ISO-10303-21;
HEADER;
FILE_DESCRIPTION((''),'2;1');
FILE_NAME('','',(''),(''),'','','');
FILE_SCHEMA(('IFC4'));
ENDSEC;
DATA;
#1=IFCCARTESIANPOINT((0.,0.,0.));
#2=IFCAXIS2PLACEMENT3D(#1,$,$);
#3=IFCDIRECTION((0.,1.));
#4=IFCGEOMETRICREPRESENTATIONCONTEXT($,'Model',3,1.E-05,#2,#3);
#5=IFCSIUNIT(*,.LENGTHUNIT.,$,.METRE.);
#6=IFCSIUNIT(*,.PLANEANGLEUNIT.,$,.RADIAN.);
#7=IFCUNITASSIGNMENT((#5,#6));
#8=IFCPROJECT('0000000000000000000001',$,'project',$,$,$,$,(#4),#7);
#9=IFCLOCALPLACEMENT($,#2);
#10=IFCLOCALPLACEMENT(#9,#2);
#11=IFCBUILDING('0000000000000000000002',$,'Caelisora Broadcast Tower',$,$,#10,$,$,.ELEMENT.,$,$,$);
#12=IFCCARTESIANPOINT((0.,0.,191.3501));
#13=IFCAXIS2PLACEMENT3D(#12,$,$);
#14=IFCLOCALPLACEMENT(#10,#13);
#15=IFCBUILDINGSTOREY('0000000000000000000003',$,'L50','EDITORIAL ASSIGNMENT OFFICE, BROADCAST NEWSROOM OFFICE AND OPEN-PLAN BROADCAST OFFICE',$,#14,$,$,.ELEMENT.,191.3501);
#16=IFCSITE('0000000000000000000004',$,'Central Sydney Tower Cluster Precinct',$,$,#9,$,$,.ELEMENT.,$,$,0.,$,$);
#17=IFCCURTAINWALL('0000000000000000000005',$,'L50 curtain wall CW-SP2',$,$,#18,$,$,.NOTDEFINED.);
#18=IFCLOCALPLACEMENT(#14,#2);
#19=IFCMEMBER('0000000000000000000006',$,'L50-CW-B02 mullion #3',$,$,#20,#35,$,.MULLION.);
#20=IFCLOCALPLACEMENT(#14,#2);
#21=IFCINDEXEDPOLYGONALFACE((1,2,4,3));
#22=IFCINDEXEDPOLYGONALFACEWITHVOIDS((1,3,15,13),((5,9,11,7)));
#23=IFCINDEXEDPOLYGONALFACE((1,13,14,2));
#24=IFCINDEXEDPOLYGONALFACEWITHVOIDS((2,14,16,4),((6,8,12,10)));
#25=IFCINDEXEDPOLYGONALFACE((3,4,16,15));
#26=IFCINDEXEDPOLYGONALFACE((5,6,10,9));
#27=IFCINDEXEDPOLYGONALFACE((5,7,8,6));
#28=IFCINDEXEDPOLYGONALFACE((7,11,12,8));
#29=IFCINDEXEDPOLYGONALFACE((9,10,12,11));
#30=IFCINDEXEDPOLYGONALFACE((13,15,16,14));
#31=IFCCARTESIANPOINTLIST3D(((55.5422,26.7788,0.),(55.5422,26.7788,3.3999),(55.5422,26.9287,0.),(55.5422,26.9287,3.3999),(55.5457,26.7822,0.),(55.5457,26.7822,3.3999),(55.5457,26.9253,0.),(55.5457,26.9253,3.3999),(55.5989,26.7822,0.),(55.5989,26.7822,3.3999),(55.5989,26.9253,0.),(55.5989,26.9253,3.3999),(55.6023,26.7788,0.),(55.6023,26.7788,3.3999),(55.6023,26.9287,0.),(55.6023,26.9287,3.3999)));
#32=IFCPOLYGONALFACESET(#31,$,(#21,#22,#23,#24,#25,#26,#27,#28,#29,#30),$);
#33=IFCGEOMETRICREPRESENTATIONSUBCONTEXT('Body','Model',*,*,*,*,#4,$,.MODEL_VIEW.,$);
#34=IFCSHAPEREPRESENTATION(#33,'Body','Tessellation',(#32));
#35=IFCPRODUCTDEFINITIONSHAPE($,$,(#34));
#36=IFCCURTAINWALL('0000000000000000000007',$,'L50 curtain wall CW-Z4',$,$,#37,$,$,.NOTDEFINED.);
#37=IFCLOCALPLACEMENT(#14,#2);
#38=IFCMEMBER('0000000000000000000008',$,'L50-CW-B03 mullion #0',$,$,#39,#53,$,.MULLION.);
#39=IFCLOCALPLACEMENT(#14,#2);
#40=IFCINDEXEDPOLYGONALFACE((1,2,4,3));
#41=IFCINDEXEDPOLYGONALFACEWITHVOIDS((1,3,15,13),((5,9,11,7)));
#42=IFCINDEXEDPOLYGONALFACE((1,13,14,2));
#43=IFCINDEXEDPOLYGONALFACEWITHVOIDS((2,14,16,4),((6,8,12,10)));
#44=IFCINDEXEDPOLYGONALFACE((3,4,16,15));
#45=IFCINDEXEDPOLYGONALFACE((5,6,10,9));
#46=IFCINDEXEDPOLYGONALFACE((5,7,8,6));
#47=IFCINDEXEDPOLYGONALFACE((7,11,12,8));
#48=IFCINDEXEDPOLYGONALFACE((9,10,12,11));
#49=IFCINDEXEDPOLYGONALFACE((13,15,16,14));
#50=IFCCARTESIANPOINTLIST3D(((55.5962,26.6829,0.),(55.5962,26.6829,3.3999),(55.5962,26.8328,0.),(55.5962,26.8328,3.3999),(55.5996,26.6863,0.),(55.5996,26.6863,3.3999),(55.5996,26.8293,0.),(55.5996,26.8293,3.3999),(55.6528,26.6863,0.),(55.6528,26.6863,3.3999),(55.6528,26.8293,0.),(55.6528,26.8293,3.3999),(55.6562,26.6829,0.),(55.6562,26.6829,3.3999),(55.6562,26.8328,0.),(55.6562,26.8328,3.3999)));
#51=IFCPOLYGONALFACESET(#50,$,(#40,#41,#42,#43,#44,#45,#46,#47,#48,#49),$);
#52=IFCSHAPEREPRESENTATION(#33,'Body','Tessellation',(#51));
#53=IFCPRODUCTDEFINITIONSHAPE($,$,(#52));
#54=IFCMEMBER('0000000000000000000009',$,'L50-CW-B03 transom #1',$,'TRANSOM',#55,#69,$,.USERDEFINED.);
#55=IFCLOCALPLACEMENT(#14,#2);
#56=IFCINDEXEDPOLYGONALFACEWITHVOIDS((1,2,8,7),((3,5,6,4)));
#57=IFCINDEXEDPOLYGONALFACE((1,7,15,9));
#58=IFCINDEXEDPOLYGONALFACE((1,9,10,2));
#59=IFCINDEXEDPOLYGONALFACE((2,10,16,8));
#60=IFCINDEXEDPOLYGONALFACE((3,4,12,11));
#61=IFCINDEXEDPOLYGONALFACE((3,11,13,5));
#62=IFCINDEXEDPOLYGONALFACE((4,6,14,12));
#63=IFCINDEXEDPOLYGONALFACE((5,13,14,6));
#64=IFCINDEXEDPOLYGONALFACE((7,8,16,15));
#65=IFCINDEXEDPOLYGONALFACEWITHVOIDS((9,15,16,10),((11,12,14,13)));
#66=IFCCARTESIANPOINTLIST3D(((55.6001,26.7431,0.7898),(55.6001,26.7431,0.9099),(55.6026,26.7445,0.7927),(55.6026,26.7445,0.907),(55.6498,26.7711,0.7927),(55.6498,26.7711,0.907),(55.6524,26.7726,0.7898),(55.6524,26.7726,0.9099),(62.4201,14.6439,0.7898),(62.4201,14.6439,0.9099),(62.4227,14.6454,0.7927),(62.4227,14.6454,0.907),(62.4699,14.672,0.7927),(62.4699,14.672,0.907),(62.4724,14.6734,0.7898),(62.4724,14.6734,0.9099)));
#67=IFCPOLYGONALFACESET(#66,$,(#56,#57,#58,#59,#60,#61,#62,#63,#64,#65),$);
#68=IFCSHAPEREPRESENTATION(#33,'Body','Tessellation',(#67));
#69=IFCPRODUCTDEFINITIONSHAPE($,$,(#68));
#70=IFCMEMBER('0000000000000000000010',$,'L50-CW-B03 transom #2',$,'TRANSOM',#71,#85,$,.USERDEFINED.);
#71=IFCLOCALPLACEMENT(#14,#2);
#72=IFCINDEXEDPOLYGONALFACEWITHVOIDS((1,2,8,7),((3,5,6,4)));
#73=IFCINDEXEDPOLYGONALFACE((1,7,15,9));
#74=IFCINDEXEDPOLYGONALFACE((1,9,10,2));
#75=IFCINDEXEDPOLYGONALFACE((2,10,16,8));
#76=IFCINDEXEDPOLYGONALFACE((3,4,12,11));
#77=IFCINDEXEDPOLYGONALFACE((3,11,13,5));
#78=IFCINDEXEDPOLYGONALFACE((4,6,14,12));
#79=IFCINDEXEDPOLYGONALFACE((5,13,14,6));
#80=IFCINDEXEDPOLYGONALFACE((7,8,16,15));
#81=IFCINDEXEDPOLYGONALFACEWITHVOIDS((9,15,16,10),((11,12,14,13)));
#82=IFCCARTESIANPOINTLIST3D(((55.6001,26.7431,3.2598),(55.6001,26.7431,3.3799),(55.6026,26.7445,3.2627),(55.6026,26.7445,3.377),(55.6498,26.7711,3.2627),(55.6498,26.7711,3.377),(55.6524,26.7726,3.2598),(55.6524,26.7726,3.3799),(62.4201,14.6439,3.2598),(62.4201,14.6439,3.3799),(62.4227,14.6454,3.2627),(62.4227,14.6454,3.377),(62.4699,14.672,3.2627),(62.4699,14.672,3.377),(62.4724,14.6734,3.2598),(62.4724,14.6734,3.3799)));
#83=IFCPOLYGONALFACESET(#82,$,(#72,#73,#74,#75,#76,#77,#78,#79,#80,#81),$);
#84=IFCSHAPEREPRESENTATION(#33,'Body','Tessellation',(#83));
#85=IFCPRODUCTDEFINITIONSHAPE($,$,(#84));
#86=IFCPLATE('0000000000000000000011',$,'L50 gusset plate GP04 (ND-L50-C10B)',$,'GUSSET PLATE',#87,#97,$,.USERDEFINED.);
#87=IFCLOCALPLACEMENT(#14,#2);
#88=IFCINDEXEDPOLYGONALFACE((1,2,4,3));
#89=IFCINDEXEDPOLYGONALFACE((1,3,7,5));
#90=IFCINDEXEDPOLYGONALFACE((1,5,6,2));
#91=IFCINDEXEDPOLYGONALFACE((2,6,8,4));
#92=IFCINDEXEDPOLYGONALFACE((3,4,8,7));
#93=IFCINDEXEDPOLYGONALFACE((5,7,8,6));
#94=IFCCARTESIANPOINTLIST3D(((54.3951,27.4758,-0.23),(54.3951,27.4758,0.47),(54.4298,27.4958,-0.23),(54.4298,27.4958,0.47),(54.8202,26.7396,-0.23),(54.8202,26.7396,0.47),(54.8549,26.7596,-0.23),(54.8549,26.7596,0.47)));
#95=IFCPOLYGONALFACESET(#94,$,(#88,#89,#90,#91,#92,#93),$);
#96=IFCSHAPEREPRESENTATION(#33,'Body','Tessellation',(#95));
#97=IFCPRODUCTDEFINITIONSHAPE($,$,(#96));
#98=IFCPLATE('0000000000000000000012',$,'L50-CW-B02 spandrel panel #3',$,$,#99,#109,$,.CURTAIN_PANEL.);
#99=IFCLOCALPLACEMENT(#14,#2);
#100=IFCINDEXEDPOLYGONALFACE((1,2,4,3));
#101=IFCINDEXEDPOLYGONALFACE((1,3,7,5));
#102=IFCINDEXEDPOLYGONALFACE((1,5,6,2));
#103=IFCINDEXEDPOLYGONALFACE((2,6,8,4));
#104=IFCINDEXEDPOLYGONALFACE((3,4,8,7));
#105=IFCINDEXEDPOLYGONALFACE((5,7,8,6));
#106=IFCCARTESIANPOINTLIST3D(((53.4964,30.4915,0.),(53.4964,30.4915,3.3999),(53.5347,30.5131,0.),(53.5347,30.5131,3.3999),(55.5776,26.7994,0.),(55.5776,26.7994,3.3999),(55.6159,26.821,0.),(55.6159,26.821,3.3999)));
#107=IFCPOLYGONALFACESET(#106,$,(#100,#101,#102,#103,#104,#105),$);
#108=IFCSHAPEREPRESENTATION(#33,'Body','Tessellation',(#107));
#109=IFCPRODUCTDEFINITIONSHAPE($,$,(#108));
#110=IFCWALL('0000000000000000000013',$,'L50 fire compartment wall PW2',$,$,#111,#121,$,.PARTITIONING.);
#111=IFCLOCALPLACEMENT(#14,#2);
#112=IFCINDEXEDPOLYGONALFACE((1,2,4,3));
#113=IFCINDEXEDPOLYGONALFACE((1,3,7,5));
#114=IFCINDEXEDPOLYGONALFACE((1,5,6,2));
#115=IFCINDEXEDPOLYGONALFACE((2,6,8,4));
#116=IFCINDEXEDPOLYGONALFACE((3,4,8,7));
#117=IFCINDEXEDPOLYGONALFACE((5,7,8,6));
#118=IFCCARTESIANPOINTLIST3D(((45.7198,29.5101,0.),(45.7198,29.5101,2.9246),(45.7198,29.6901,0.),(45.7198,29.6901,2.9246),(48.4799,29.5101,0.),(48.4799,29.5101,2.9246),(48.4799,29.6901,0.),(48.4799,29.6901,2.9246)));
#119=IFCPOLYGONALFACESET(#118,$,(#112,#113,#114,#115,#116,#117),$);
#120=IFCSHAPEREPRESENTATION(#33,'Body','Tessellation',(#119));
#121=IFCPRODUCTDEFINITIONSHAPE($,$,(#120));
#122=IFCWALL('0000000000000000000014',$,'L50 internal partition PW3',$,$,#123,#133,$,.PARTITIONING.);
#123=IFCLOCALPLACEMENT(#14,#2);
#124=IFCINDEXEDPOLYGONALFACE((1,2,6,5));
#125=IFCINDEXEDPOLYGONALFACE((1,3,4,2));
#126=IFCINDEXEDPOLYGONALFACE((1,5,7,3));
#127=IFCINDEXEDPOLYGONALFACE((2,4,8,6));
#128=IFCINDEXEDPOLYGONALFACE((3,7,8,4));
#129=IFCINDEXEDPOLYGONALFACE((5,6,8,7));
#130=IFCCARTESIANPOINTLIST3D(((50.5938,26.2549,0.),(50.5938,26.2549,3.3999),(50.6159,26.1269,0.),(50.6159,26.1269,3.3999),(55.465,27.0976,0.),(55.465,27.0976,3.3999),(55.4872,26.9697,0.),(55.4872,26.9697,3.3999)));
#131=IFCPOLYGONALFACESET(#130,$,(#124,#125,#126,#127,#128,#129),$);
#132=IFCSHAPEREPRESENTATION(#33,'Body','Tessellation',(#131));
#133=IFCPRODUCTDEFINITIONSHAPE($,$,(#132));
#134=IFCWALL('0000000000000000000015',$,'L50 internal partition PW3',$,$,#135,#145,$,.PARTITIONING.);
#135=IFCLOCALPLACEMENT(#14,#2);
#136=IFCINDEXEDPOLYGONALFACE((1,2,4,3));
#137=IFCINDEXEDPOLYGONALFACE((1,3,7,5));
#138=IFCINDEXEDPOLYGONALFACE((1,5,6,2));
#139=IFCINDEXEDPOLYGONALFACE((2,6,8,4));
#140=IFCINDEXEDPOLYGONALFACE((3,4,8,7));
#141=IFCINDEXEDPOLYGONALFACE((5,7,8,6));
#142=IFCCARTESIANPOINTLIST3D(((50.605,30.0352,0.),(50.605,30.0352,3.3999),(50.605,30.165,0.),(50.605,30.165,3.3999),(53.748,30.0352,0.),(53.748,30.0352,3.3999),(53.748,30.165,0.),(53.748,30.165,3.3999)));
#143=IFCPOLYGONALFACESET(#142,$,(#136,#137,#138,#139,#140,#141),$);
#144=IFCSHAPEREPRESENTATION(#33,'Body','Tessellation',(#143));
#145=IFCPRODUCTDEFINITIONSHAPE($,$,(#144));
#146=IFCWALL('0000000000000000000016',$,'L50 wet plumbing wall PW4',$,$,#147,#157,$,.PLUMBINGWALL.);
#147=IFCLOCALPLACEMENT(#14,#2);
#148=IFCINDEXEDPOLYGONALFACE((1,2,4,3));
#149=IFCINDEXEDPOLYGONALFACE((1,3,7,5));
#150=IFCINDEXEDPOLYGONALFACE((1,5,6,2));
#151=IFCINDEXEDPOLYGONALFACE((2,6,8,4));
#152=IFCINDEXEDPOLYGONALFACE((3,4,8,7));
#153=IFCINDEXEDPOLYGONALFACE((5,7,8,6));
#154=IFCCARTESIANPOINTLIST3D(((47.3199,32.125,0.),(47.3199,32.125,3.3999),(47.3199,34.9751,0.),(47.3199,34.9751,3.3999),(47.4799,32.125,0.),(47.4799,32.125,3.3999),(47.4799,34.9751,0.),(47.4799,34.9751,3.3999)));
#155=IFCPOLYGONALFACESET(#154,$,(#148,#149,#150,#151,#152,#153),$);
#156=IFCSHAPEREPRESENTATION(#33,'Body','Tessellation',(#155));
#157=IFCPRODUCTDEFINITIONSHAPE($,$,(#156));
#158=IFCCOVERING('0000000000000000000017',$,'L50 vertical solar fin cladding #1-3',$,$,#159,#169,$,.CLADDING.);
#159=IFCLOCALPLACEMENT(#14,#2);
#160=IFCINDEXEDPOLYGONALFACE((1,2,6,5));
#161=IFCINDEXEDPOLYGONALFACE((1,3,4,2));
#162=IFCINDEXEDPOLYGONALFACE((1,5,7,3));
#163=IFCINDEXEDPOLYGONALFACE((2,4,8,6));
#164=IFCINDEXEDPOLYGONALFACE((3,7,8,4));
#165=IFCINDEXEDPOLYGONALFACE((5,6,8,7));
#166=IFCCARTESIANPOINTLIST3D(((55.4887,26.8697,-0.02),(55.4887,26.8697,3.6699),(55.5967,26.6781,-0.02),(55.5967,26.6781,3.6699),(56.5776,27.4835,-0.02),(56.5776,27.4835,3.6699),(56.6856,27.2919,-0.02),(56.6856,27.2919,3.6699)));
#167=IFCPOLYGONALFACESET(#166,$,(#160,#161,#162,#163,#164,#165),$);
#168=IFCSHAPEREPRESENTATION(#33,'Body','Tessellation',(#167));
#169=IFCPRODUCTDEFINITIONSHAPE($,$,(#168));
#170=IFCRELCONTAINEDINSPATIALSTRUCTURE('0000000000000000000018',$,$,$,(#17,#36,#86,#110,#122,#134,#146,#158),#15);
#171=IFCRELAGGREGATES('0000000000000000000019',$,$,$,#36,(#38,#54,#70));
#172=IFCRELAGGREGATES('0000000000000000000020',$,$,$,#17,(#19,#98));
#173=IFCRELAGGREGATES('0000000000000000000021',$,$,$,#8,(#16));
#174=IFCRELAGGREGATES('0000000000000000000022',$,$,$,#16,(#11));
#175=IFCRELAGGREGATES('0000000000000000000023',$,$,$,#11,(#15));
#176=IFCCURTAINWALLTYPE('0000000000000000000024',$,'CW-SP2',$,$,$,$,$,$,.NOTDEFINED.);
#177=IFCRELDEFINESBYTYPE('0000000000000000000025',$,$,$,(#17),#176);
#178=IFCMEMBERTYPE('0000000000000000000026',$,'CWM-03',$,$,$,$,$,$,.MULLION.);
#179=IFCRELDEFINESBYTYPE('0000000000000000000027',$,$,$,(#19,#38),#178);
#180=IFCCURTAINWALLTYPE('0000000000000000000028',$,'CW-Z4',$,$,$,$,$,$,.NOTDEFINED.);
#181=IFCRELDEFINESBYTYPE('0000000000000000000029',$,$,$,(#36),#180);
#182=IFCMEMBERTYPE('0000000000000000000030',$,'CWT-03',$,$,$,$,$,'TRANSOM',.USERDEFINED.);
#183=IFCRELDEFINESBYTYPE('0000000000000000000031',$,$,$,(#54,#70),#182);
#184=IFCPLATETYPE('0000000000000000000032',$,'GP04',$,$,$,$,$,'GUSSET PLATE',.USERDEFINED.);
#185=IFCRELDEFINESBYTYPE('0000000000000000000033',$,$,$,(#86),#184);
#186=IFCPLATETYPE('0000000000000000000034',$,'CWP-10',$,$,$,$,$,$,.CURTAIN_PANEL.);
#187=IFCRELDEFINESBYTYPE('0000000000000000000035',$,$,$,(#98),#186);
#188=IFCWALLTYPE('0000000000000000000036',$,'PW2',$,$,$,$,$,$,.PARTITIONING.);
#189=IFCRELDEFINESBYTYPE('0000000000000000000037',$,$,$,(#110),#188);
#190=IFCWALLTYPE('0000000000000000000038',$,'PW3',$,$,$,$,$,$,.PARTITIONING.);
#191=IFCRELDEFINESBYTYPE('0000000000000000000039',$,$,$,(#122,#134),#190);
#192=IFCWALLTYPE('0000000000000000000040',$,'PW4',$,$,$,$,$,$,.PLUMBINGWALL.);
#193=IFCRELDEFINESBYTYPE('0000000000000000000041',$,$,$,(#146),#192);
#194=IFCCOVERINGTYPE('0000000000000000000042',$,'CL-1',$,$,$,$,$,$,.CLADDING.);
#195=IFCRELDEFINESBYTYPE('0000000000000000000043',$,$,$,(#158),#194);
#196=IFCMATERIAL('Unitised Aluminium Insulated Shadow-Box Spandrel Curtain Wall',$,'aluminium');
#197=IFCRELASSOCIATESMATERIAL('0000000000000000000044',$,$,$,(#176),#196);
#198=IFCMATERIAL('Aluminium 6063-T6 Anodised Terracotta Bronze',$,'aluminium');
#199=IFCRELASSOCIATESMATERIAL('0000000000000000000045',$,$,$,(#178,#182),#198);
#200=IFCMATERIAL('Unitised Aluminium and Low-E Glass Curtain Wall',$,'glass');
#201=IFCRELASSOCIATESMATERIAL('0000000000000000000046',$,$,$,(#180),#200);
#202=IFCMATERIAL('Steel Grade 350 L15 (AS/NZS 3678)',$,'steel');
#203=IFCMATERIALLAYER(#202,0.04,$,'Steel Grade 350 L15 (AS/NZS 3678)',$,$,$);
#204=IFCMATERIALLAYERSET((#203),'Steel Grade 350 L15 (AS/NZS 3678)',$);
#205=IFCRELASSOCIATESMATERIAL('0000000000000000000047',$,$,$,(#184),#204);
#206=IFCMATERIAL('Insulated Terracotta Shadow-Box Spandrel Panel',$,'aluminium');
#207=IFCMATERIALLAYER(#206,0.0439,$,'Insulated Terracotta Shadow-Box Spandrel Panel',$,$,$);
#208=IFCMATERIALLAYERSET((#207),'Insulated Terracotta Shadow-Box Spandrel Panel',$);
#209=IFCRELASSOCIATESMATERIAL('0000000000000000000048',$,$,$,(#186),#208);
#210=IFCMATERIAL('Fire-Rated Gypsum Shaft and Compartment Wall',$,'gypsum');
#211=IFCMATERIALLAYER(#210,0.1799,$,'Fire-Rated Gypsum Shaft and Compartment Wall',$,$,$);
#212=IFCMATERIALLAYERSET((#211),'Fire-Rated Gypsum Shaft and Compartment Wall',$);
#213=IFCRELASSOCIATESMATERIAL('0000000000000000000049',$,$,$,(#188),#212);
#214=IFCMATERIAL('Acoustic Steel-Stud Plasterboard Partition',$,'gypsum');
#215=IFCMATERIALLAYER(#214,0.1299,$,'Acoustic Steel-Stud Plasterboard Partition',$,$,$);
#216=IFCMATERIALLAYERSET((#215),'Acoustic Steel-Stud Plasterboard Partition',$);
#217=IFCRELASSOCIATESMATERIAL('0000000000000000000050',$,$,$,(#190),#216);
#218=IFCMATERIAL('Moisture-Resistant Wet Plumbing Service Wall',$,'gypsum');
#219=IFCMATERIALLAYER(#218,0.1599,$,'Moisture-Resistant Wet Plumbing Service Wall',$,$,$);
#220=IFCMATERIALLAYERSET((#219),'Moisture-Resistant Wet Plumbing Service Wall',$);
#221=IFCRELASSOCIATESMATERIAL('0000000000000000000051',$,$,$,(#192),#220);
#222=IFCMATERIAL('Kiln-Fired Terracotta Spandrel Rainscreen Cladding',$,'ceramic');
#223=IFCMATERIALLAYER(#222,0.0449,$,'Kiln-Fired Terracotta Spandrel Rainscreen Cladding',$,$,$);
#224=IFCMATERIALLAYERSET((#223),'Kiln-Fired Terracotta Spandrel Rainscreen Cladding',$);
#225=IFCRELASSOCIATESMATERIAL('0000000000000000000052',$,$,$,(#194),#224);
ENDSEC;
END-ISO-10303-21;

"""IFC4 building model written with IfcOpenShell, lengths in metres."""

from ifc_helpers import new_model, si_unit, direction, frame, frame_2d, origin, origin_2d, place, context, subcontext, project, spatial, rectangle, hollow_rectangle, extrude, source, transform, mapped, material, layer, layer_set, material_profile, profile_set, type_object, type_shapes, element, aggregate, save


model = new_model("IFC4")

# Units and contexts
model_context = context("Model", 3, precision=1e-05, world=origin(), true_north=direction((0.0, 1.0)))
body_context = subcontext(model_context, "Body", "Model", "MODEL_VIEW")
ifc_project = project(units=[si_unit("LENGTHUNIT", "METRE"), si_unit("PLANEANGLEUNIT", "RADIAN")], contexts=[model_context])

# Site, building, storey
site_placement = place(None, origin())
site = spatial("IfcSite", under=ifc_project, at=site_placement, Name="Central Sydney Tower Cluster Precinct", CompositionType="ELEMENT", RefElevation=0.0)
building_placement = place(site_placement, origin())
building = spatial("IfcBuilding", under=site, at=building_placement, Name="Caelisora Broadcast Tower", CompositionType="ELEMENT")
storey_placement = place(building_placement, frame((0.0, 0.0, 191.3501)))
storey = spatial("IfcBuildingStorey", under=building, at=storey_placement, Name="L50", Description="EDITORIAL ASSIGNMENT OFFICE, BROADCAST NEWSROOM OFFICE AND OPEN-PLAN BROADCAST OFFICE", CompositionType="ELEMENT", Elevation=191.3501)

# Shared definitions
ifc_material_1 = material(Name="Steel Grade 350 L15 (AS/NZS 3678)", Category="steel")

# Curtain walls, members
ifc_material_2 = material(Name="Unitised Aluminium Insulated Shadow-Box Spandrel Curtain Wall", Category="aluminium")
curtain_wall_type_1 = type_object("IfcCurtainWallType", Name="CW-SP2", PredefinedType="NOTDEFINED", material=ifc_material_2)
curtain_wall_1_placement = place(storey_placement, origin())
curtain_wall_1 = element("IfcCurtainWall", 1, at=curtain_wall_1_placement, inside=storey, type_object=curtain_wall_type_1, Name="L50 curtain wall CW-SP2", PredefinedType="NOTDEFINED")
ifc_material_3 = material(Name="Aluminium 6063-T6 Anodised Terracotta Bronze", Category="aluminium")
ifc_material_profile_1 = material_profile(ifc_material_3, hollow_rectangle(XDim=0.0601, YDim=0.1499, WallThickness=0.0034, at=origin_2d()), Name="Aluminium 6063-T6 Anodised Terracotta Bronze")
ifc_profile_set_1 = profile_set([ifc_material_profile_1], Name="Aluminium 6063-T6 Anodised Terracotta Bronze")
member_type_1 = type_object("IfcMemberType", Name="CWM-03", PredefinedType="MULLION", material=ifc_profile_set_1)
shared_shape_1 = source(origin(), body_context, "Body", "SweptSolid", [
    extrude(hollow_rectangle(XDim=0.0601, YDim=0.1499, WallThickness=0.0034, at=origin_2d()), origin(), (0.0, 0.0, 1.0), 3.3999),
])
type_shapes(member_type_1, [shared_shape_1])
member_1_placement = place(storey_placement, frame((55.5723, 26.8538, 0.0), z_axis=(0.0, 0.0, 1.0), x_axis=(1.0, 0.0, 0.0)))
member_1 = element("IfcMember", 2, at=member_1_placement, type_object=member_type_1, Name="L50-CW-B02 mullion #3", PredefinedType="MULLION", context=body_context, shape_type="MappedRepresentation", body=[
    mapped(shared_shape_1, transform((0.0, 0.0, 0.0), scale=1.0)),
])
ifc_material_4 = material(Name="Unitised Aluminium and Low-E Glass Curtain Wall", Category="glass")
curtain_wall_type_2 = type_object("IfcCurtainWallType", Name="CW-Z4", PredefinedType="NOTDEFINED", material=ifc_material_4)
curtain_wall_2_placement = place(storey_placement, origin())
curtain_wall_2 = element("IfcCurtainWall", 3, at=curtain_wall_2_placement, inside=storey, type_object=curtain_wall_type_2, Name="L50 curtain wall CW-Z4", PredefinedType="NOTDEFINED")
member_2_placement = place(storey_placement, frame((55.6262, 26.7578, 0.0), z_axis=(0.0, 0.0, 1.0), x_axis=(1.0, 0.0, 0.0)))
member_2 = element("IfcMember", 4, at=member_2_placement, type_object=member_type_1, Name="L50-CW-B03 mullion #0", PredefinedType="MULLION", context=body_context, shape_type="MappedRepresentation", body=[
    mapped(shared_shape_1, transform((0.0, 0.0, 0.0), scale=1.0)),
])
ifc_material_profile_2 = material_profile(ifc_material_3, hollow_rectangle(XDim=0.0601, YDim=0.1201, WallThickness=0.0029, at=origin_2d()), Name="Aluminium 6063-T6 Anodised Terracotta Bronze")
ifc_profile_set_2 = profile_set([ifc_material_profile_2], Name="Aluminium 6063-T6 Anodised Terracotta Bronze")
member_type_2 = type_object("IfcMemberType", Name="CWT-03", ElementType="TRANSOM", PredefinedType="USERDEFINED", material=ifc_profile_set_2)
shared_shape_2 = source(origin(), body_context, "Body", "SweptSolid", [
    extrude(hollow_rectangle(XDim=0.0601, YDim=0.1201, WallThickness=0.0029, at=origin_2d()), origin(), (0.0, 0.0, 1.0), 13.8889),
])
type_shapes(member_type_2, [shared_shape_2])
member_3_placement = place(storey_placement, frame((55.6262, 26.7578, 0.8499), z_axis=(0.491044, -0.871135, 0.0), x_axis=(0.871135, 0.491044, 0.0)))
member_3 = element("IfcMember", 5, at=member_3_placement, type_object=member_type_2, Name="L50-CW-B03 transom #1", ObjectType="TRANSOM", PredefinedType="USERDEFINED", context=body_context, shape_type="MappedRepresentation", body=[
    mapped(shared_shape_2, transform((0.0, 0.0, 0.0), scale=1.0)),
])
member_4_placement = place(storey_placement, frame((55.6262, 26.7578, 3.3198), z_axis=(0.491044, -0.871135, 0.0), x_axis=(0.871135, 0.491044, 0.0)))
member_4 = element("IfcMember", 6, at=member_4_placement, type_object=member_type_2, Name="L50-CW-B03 transom #2", ObjectType="TRANSOM", PredefinedType="USERDEFINED", context=body_context, shape_type="MappedRepresentation", body=[
    mapped(shared_shape_2, transform((0.0, 0.0, 0.0), scale=1.0)),
])
aggregate(curtain_wall_2, [member_2, member_3, member_4])

# Plates
ifc_layer_1 = layer(ifc_material_1, 0.04, Name="Steel Grade 350 L15 (AS/NZS 3678)")
ifc_layer_set_1 = layer_set([ifc_layer_1], Name="Steel Grade 350 L15 (AS/NZS 3678)")
plate_type_1 = type_object("IfcPlateType", Name="GP04", ElementType="GUSSET PLATE", PredefinedType="USERDEFINED", material=ifc_layer_set_1)
shared_shape_3 = source(origin(), body_context, "Body", "SweptSolid", [
    extrude(rectangle(XDim=0.8501, YDim=0.04, at=origin_2d()), origin(), (0.0, 0.0, 1.0), 0.7),
])
type_shapes(plate_type_1, [shared_shape_3])
plate_1_placement = place(storey_placement, frame((54.625, 27.1177, -0.23), z_axis=(0.0, 0.0, 1.0), x_axis=(-0.5, 0.866025, 0.0)))
element("IfcPlate", 7, at=plate_1_placement, inside=storey, type_object=plate_type_1, Name="L50 gusset plate GP04 (ND-L50-C10B)", ObjectType="GUSSET PLATE", PredefinedType="USERDEFINED", context=body_context, shape_type="MappedRepresentation", body=[
    mapped(shared_shape_3, transform((0.0, 0.0, 0.0), scale=1.0)),
])
ifc_material_5 = material(Name="Insulated Terracotta Shadow-Box Spandrel Panel", Category="aluminium")
ifc_layer_2 = layer(ifc_material_5, 0.0439, Name="Insulated Terracotta Shadow-Box Spandrel Panel")
ifc_layer_set_2 = layer_set([ifc_layer_2], Name="Insulated Terracotta Shadow-Box Spandrel Panel")
plate_type_2 = type_object("IfcPlateType", Name="CWP-10", PredefinedType="CURTAIN_PANEL", material=ifc_layer_set_2)
shared_shape_4 = source(origin(), body_context, "Body", "SweptSolid", [
    extrude(rectangle(XDim=4.2383, YDim=0.0439, at=origin_2d()), origin(), (0.0, 0.0, 1.0), 3.3999),
])
type_shapes(plate_type_2, [shared_shape_4])
plate_2_placement = place(storey_placement, frame((54.5562, 28.6562, 0.0), z_axis=(0.0, 0.0, 1.0), x_axis=(0.491056, -0.871128, 0.0)))
plate_2 = element("IfcPlate", 8, at=plate_2_placement, type_object=plate_type_2, Name="L50-CW-B02 spandrel panel #3", PredefinedType="CURTAIN_PANEL", context=body_context, shape_type="MappedRepresentation", body=[
    mapped(shared_shape_4, transform((0.0, 0.0, 0.0), scale=1.0)),
])
aggregate(curtain_wall_1, [member_1, plate_2])

# Walls
ifc_material_6 = material(Name="Fire-Rated Gypsum Shaft and Compartment Wall", Category="gypsum")
ifc_layer_3 = layer(ifc_material_6, 0.1799, Name="Fire-Rated Gypsum Shaft and Compartment Wall")
ifc_layer_set_3 = layer_set([ifc_layer_3], Name="Fire-Rated Gypsum Shaft and Compartment Wall")
wall_type_1 = type_object("IfcWallType", Name="PW2", PredefinedType="PARTITIONING", material=ifc_layer_set_3)
wall_1_placement = place(storey_placement, frame((45.72, 29.6001, 0.0), z_axis=(0.0, 0.0, 1.0), x_axis=(1.0, 0.0, 0.0)))
element("IfcWall", 9, at=wall_1_placement, inside=storey, type_object=wall_type_1, Name="L50 fire compartment wall PW2", PredefinedType="PARTITIONING", context=body_context, shape_type="SweptSolid", body=[
    extrude(rectangle(XDim=2.76, YDim=0.1799, at=frame_2d((1.3799, 0.0))), origin(), (0.0, 0.0, 1.0), 2.9246),
])
ifc_material_7 = material(Name="Acoustic Steel-Stud Plasterboard Partition", Category="gypsum")
ifc_layer_4 = layer(ifc_material_7, 0.1299, Name="Acoustic Steel-Stud Plasterboard Partition")
ifc_layer_set_4 = layer_set([ifc_layer_4], Name="Acoustic Steel-Stud Plasterboard Partition")
wall_type_2 = type_object("IfcWallType", Name="PW3", PredefinedType="PARTITIONING", material=ifc_layer_set_4)
wall_2_placement = place(storey_placement, frame((50.605, 26.1909, 0.0), z_axis=(0.0, 0.0, 1.0), x_axis=(0.985362, 0.170474, 0.0)))
element("IfcWall", 10, at=wall_2_placement, inside=storey, type_object=wall_type_2, Name="L50 internal partition PW3", PredefinedType="PARTITIONING", context=body_context, shape_type="SweptSolid", body=[
    extrude(rectangle(XDim=4.9436, YDim=0.1299, at=frame_2d((2.4717, 0.0))), origin(), (0.0, 0.0, 1.0), 3.3999),
])

# Walls
wall_3_placement = place(storey_placement, frame((50.605, 30.1001, 0.0), z_axis=(0.0, 0.0, 1.0), x_axis=(1.0, 0.0, 0.0)))
element("IfcWall", 11, at=wall_3_placement, inside=storey, type_object=wall_type_2, Name="L50 internal partition PW3", PredefinedType="PARTITIONING", context=body_context, shape_type="SweptSolid", body=[
    extrude(rectangle(XDim=3.1431, YDim=0.1299, at=frame_2d((1.5715, 0.0))), origin(), (0.0, 0.0, 1.0), 3.3999),
])
ifc_material_8 = material(Name="Moisture-Resistant Wet Plumbing Service Wall", Category="gypsum")
ifc_layer_5 = layer(ifc_material_8, 0.1599, Name="Moisture-Resistant Wet Plumbing Service Wall")
ifc_layer_set_5 = layer_set([ifc_layer_5], Name="Moisture-Resistant Wet Plumbing Service Wall")
wall_type_3 = type_object("IfcWallType", Name="PW4", PredefinedType="PLUMBINGWALL", material=ifc_layer_set_5)
wall_4_placement = place(storey_placement, frame((47.3999, 32.125, 0.0), z_axis=(0.0, 0.0, 1.0), x_axis=(0.0, 1.0, 0.0)))
element("IfcWall", 12, at=wall_4_placement, inside=storey, type_object=wall_type_3, Name="L50 wet plumbing wall PW4", PredefinedType="PLUMBINGWALL", context=body_context, shape_type="SweptSolid", body=[
    extrude(rectangle(XDim=2.8501, YDim=0.1599, at=frame_2d((1.425, 0.0))), origin(), (0.0, 0.0, 1.0), 3.3999),
])

# Covering
ifc_material_9 = material(Name="Kiln-Fired Terracotta Spandrel Rainscreen Cladding", Category="ceramic")
ifc_layer_6 = layer(ifc_material_9, 0.0449, Name="Kiln-Fired Terracotta Spandrel Rainscreen Cladding")
ifc_layer_set_6 = layer_set([ifc_layer_6], Name="Kiln-Fired Terracotta Spandrel Rainscreen Cladding")
covering_type = type_object("IfcCoveringType", Name="CL-1", PredefinedType="CLADDING", material=ifc_layer_set_6)
shared_shape_5 = source(origin(), body_context, "Body", "SweptSolid", [
    extrude(rectangle(XDim=0.22, YDim=1.25, at=origin_2d()), origin(), (0.0, 0.0, 1.0), 3.6899),
])
type_shapes(covering_type, [shared_shape_5])
covering_placement = place(storey_placement, frame((56.0872, 27.0808, -0.02), z_axis=(0.0, 0.0, 1.0), x_axis=(0.491056, -0.871128, 0.0)))
element("IfcCovering", 13, at=covering_placement, inside=storey, type_object=covering_type, Name="L50 vertical solar fin cladding #1-3", PredefinedType="CLADDING", context=body_context, shape_type="MappedRepresentation", body=[
    mapped(shared_shape_5, transform((0.0, 0.0, 0.0), scale=1.0)),
])

save(model, "model.ifc")
